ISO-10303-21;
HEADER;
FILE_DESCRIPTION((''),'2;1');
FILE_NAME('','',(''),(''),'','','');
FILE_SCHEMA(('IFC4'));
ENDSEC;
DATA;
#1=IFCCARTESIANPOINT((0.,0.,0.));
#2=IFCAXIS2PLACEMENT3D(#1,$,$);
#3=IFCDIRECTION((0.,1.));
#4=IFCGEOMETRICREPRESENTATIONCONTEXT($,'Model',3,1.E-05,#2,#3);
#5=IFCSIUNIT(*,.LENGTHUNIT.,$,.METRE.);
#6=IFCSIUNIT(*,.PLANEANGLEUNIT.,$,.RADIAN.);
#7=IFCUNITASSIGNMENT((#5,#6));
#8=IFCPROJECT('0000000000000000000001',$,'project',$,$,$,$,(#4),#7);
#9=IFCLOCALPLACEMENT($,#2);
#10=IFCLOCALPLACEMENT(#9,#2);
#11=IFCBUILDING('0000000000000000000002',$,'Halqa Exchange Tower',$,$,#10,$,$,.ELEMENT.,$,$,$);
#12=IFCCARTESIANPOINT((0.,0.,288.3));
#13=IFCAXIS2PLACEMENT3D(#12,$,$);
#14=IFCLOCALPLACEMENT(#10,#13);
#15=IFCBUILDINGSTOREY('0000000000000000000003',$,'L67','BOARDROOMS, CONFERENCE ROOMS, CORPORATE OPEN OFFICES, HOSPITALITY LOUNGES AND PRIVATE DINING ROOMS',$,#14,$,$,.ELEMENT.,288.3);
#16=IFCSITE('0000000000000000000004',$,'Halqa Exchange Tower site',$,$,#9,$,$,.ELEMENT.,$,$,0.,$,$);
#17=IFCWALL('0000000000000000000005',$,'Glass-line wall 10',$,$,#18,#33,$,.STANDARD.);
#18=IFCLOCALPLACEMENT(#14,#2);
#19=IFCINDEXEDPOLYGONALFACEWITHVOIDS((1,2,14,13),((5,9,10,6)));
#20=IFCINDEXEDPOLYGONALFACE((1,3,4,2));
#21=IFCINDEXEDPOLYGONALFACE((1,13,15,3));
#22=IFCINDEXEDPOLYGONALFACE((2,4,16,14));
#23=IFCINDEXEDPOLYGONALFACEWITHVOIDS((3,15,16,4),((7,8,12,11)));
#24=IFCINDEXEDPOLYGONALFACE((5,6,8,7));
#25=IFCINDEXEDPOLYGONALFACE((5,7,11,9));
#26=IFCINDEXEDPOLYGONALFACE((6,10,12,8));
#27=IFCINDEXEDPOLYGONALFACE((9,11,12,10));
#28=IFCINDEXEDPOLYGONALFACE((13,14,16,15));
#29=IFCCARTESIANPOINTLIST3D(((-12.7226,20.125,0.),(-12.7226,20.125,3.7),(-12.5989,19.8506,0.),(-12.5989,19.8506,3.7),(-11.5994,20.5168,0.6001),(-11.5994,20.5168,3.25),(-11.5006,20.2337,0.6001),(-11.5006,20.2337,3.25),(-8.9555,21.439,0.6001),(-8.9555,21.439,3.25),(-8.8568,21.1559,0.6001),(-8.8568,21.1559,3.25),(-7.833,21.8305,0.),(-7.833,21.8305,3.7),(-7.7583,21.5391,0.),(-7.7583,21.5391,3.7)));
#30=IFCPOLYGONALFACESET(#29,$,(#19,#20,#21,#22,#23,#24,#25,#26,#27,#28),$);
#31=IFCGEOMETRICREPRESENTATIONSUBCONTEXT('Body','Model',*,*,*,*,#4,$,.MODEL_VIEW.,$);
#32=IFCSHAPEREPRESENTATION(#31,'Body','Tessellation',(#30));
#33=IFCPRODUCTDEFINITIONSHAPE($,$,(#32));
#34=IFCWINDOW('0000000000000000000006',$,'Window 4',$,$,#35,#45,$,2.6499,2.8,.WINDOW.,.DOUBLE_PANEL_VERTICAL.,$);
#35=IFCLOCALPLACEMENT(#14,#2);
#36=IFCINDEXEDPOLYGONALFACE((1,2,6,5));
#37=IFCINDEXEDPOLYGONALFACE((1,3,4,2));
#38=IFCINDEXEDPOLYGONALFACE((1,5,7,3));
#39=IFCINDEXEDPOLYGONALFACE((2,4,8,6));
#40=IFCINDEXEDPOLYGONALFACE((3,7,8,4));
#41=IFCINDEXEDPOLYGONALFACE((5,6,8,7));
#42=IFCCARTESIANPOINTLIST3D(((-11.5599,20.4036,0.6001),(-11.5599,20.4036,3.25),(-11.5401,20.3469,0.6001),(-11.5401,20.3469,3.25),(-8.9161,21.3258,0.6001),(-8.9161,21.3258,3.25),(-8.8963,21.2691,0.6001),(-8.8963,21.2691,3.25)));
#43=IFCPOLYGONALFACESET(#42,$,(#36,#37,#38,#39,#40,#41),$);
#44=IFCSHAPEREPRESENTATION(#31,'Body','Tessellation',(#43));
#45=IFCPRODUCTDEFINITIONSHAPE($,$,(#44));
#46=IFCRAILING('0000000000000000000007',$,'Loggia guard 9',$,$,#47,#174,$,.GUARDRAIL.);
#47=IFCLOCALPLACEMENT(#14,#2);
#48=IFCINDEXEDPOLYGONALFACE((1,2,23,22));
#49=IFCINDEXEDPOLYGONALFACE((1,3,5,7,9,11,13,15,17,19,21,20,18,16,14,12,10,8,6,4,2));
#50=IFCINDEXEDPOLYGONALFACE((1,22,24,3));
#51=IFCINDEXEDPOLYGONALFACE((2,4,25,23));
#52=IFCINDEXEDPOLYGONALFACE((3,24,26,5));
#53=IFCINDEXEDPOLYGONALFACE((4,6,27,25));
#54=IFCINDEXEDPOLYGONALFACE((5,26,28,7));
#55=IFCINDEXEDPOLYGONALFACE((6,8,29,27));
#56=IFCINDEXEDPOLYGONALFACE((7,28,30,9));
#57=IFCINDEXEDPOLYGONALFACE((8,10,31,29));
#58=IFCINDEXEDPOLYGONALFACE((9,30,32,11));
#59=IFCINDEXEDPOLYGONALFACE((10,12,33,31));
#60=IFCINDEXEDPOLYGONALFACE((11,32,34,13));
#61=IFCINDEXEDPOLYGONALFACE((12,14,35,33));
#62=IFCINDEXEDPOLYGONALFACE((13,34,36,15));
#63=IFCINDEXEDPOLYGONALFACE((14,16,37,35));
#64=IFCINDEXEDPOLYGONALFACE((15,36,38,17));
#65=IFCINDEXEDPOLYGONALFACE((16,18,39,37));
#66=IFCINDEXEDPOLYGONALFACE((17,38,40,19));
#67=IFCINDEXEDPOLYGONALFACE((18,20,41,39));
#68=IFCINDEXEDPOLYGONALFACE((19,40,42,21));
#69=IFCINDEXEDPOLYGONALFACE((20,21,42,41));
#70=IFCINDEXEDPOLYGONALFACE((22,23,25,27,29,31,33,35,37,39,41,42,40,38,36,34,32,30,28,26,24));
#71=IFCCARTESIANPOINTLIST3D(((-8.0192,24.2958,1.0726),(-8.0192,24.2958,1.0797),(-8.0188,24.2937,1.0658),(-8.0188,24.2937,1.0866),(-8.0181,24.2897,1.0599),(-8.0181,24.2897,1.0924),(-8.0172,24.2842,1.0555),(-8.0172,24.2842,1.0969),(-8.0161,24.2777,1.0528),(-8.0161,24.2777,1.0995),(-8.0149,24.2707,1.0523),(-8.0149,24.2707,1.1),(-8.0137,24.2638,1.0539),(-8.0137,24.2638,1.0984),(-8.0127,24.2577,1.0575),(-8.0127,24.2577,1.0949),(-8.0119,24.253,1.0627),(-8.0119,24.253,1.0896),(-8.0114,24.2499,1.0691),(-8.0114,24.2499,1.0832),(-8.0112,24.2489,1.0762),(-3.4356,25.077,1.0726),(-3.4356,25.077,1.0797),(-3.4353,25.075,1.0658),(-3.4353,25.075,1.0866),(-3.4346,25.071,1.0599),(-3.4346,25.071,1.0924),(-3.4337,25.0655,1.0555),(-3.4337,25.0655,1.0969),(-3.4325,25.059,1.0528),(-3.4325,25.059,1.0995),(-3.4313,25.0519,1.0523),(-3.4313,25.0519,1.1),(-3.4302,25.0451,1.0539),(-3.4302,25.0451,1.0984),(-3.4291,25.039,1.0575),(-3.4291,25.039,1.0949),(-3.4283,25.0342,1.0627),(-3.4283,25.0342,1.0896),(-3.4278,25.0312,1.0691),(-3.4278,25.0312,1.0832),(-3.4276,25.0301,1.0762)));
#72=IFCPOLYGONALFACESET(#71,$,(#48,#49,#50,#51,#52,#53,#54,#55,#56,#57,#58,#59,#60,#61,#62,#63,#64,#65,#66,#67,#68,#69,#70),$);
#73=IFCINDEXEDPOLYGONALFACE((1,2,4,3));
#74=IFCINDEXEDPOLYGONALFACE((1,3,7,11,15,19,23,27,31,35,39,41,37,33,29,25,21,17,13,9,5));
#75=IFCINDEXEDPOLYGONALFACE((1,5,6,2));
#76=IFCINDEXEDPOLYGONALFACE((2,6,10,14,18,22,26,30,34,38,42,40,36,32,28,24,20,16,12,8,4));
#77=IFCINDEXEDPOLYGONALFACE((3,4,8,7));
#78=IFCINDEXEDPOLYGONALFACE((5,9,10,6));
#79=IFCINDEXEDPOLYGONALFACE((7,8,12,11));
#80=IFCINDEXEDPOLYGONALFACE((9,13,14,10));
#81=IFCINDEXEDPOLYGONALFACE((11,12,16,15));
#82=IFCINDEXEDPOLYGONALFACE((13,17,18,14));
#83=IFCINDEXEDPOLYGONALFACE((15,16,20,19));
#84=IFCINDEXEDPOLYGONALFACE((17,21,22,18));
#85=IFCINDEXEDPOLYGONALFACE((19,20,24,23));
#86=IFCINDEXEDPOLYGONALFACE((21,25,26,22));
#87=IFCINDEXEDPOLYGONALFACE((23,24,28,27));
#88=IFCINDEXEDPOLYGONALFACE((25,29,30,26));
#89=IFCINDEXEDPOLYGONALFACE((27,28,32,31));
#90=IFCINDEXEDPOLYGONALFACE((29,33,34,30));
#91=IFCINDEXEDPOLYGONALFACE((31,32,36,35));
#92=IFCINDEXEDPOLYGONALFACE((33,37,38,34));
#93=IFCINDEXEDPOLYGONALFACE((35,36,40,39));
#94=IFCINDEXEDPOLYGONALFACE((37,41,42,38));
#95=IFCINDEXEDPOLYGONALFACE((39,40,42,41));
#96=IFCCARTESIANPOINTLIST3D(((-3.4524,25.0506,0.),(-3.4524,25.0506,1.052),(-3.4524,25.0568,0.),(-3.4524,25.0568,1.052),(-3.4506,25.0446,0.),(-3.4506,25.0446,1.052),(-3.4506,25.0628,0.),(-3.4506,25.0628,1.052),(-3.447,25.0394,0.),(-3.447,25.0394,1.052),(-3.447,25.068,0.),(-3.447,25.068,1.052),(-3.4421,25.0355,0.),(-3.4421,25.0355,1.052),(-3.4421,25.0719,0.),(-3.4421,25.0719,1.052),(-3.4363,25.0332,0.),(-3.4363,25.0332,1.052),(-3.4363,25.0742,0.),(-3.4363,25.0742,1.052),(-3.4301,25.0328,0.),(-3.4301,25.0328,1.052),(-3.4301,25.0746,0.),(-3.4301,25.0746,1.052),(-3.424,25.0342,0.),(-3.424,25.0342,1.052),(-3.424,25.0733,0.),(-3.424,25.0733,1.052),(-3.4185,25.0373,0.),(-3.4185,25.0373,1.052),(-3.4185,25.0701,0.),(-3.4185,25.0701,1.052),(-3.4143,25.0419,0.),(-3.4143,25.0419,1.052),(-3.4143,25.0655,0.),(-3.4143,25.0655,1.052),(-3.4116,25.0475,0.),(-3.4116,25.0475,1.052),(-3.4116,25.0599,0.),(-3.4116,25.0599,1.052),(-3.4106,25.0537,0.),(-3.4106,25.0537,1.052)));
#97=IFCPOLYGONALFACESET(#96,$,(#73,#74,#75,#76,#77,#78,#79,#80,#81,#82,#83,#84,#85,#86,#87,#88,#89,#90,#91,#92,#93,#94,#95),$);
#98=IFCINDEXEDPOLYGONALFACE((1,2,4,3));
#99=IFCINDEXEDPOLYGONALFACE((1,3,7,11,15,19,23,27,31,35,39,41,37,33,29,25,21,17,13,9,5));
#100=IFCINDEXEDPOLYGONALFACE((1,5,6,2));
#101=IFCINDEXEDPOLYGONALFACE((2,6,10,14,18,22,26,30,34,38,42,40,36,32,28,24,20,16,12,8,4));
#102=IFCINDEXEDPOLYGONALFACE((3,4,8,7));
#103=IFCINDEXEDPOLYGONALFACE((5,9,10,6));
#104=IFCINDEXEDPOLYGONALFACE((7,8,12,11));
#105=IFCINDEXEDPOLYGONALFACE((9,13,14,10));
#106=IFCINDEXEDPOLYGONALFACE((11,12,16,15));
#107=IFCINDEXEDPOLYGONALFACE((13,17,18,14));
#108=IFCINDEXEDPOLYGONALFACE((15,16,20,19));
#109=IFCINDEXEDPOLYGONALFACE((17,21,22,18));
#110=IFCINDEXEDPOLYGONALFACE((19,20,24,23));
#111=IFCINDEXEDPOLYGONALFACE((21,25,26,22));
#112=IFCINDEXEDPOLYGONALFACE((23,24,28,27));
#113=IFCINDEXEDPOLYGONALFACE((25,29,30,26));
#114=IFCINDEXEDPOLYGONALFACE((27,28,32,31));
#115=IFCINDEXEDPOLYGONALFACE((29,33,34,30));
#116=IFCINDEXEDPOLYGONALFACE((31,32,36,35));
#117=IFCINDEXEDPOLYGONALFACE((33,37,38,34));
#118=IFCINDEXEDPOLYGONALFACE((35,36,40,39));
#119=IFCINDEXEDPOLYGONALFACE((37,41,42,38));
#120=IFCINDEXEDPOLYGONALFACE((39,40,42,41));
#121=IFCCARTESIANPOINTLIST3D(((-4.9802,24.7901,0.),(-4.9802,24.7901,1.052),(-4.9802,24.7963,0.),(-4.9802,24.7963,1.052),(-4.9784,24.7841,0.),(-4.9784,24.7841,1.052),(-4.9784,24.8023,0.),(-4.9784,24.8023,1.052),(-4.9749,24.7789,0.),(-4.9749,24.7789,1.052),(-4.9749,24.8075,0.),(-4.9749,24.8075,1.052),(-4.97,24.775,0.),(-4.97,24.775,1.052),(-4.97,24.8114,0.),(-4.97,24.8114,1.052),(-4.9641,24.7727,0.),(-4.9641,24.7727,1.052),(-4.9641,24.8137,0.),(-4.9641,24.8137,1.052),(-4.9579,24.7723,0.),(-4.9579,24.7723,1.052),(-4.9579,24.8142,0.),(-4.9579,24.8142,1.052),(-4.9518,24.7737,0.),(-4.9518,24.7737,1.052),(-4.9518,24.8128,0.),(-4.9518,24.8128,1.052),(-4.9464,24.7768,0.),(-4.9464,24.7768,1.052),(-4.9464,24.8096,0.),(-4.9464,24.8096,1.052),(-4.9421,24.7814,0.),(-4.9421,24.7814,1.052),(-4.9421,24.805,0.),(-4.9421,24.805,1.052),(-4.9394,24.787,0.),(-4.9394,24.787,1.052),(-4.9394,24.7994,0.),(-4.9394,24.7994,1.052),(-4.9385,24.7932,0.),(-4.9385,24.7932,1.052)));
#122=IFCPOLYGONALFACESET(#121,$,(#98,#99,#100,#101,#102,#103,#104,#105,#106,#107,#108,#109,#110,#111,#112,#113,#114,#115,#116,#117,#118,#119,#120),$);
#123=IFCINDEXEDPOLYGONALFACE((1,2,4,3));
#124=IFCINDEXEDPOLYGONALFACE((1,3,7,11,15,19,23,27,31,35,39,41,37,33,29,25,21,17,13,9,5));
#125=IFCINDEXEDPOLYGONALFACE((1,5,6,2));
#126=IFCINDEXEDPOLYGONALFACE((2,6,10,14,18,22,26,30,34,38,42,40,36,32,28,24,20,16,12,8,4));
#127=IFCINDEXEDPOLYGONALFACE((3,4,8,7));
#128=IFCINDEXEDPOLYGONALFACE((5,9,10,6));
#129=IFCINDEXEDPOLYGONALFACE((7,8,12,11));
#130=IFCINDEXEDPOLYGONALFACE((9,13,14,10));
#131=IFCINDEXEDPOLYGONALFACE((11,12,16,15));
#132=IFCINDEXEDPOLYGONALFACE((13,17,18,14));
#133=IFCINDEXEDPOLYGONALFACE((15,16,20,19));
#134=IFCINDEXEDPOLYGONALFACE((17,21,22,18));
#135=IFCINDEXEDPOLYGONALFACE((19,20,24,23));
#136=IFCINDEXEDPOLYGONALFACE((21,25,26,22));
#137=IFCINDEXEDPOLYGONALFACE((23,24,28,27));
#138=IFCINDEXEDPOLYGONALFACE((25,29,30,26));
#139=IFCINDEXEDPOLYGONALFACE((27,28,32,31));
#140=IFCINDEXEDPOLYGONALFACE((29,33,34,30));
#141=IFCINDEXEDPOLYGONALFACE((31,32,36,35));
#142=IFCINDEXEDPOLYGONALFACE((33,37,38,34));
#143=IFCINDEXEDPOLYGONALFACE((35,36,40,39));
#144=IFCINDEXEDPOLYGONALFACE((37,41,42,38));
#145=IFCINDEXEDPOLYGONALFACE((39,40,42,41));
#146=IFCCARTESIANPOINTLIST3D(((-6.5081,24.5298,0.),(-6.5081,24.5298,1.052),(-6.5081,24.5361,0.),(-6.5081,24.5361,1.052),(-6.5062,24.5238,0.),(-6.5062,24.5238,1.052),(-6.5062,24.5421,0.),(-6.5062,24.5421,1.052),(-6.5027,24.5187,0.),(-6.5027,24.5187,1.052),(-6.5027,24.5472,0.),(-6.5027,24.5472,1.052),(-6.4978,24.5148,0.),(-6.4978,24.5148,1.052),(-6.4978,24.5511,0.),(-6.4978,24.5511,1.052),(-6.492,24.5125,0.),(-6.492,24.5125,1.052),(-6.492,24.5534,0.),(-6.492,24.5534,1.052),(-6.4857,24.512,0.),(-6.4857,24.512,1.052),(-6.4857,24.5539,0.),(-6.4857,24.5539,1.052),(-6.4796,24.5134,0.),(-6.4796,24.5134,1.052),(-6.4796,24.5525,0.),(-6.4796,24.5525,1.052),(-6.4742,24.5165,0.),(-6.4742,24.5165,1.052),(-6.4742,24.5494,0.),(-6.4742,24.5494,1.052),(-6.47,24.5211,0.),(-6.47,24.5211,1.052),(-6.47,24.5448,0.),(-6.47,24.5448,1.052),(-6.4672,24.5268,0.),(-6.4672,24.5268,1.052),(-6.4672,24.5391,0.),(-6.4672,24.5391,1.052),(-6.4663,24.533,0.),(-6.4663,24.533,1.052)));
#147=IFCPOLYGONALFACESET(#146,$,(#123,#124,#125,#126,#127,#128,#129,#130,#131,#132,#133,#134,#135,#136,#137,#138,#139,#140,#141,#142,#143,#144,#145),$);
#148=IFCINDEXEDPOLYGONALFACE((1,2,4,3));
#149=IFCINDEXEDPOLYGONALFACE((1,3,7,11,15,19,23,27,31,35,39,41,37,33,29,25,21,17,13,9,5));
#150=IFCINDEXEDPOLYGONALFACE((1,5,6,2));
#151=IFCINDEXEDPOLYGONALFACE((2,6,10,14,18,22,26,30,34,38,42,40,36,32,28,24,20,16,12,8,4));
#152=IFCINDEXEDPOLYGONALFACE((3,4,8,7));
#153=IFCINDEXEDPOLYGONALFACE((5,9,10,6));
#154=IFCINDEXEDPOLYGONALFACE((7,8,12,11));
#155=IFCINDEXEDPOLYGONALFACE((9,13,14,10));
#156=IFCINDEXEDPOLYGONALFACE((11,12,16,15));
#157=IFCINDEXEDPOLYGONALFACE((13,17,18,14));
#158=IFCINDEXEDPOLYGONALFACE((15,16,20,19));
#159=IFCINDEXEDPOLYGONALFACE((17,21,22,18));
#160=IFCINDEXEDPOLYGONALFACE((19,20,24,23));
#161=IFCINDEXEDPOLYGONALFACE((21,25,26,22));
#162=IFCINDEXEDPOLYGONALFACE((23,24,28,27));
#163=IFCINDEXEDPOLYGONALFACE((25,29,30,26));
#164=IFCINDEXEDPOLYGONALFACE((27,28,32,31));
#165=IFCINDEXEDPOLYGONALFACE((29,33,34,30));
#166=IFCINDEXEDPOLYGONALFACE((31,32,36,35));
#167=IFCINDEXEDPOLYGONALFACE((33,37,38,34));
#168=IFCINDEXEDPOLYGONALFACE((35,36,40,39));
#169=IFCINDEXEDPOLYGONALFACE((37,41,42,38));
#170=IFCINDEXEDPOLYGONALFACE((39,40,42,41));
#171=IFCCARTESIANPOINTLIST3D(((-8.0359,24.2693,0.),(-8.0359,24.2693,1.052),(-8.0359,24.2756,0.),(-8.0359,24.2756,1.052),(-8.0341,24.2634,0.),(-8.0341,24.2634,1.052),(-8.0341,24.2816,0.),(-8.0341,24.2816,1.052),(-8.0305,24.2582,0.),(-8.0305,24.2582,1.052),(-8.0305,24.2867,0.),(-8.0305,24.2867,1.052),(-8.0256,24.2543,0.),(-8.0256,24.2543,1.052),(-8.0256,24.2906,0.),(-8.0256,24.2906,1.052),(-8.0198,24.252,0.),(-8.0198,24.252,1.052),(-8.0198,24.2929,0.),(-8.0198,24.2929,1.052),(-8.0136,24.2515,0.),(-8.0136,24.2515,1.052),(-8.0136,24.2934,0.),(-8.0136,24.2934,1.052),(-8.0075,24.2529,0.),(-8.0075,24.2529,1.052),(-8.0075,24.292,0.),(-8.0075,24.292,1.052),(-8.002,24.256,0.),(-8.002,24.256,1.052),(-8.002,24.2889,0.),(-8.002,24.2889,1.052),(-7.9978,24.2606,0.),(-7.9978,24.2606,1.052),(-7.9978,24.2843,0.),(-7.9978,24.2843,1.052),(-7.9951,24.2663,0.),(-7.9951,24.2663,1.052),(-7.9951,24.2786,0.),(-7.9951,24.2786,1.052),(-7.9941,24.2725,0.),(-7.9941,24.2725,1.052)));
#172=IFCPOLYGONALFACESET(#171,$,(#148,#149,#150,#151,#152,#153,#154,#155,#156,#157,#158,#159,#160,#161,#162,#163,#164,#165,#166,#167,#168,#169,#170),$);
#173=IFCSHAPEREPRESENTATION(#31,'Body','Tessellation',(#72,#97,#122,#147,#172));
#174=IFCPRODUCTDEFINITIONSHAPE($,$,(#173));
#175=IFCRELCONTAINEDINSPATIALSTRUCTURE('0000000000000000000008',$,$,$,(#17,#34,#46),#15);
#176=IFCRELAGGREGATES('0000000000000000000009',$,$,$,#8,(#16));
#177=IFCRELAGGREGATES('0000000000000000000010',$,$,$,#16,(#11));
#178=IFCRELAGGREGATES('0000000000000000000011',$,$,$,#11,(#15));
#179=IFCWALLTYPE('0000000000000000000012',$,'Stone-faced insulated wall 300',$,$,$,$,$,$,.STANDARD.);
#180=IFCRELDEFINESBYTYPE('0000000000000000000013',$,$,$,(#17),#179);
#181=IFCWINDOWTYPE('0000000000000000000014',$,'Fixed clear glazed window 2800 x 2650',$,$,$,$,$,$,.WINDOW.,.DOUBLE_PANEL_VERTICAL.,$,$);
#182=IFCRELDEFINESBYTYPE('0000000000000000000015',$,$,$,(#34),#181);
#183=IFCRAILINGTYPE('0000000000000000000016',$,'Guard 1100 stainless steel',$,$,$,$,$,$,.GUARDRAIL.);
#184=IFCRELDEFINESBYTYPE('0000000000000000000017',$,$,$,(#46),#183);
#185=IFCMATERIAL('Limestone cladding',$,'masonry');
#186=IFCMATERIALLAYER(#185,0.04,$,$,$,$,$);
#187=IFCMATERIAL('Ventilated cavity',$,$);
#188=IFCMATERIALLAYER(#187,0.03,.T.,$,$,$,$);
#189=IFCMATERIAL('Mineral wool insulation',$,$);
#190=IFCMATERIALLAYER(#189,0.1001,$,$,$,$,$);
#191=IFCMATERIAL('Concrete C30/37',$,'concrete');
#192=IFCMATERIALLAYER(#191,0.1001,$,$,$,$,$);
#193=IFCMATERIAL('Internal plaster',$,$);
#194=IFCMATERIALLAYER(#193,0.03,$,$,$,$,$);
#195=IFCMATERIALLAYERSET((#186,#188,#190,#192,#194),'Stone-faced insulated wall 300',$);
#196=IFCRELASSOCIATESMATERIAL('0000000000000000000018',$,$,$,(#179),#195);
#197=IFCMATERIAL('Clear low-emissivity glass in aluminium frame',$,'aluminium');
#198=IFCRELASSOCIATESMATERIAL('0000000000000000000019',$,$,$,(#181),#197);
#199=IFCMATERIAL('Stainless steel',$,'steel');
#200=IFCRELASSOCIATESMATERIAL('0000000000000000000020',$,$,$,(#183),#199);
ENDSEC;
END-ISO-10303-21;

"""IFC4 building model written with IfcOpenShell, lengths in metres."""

from ifc_helpers import new_model, si_unit, direction, frame, frame_2d, origin, origin_2d, place, context, subcontext, project, spatial, polyline, rectangle, circle, outline, extrude, material, layer, layer_set, type_object, element, fill, save


model = new_model("IFC4")

# Units and contexts
model_context = context("Model", 3, precision=1e-05, world=origin(), true_north=direction((0.0, 1.0)))
body_context = subcontext(model_context, "Body", "Model", "MODEL_VIEW")
ifc_project = project(units=[si_unit("LENGTHUNIT", "METRE"), si_unit("PLANEANGLEUNIT", "RADIAN")], contexts=[model_context])

# Site, building, storey
site_placement = place(None, origin())
site = spatial("IfcSite", under=ifc_project, at=site_placement, Name="Halqa Exchange Tower site", CompositionType="ELEMENT", RefElevation=0.0)
building_placement = place(site_placement, origin())
building = spatial("IfcBuilding", under=site, at=building_placement, Name="Halqa Exchange Tower", CompositionType="ELEMENT")
storey_placement = place(building_placement, frame((0.0, 0.0, 288.3)))
storey = spatial("IfcBuildingStorey", under=building, at=storey_placement, Name="L67", Description="BOARDROOMS, CONFERENCE ROOMS, CORPORATE OPEN OFFICES, HOSPITALITY LOUNGES AND PRIVATE DINING ROOMS", CompositionType="ELEMENT", Elevation=288.3)

# Shared definitions
ifc_material_1 = material(Name="Concrete C30/37", Category="concrete")

# Wall, opening, window
ifc_material_2 = material(Name="Limestone cladding", Category="masonry")
ifc_layer_1 = layer(ifc_material_2, 0.04)
ifc_material_3 = material(Name="Ventilated cavity")
ifc_layer_2 = layer(ifc_material_3, 0.03, ventilated=True)
ifc_material_4 = material(Name="Mineral wool insulation")
ifc_layer_3 = layer(ifc_material_4, 0.1001)
ifc_layer_4 = layer(ifc_material_1, 0.1001)
ifc_material_5 = material(Name="Internal plaster")
ifc_layer_5 = layer(ifc_material_5, 0.03)
ifc_layer_set_1 = layer_set([ifc_layer_1, ifc_layer_2, ifc_layer_3, ifc_layer_4, ifc_layer_5], Name="Stone-faced insulated wall 300")
wall_type_1 = type_object("IfcWallType", Name="Stone-faced insulated wall 300", PredefinedType="STANDARD", material=ifc_layer_set_1)
ifc_material_6 = material(Name="Clear low-emissivity glass in aluminium frame", Category="aluminium")
window_type = type_object("IfcWindowType", Name="Fixed clear glazed window 2800 x 2650", PartitioningType="DOUBLE_PANEL_VERTICAL", PredefinedType="WINDOW", material=ifc_material_6)
wall_1_placement = place(storey_placement, frame((-7.7957, 21.6848, 0.0), z_axis=(0.0, 0.0, 1.0), x_axis=(-0.944204, -0.32936, 0.0)))
wall_1 = element("IfcWall", 1, at=wall_1_placement, inside=storey, type_object=wall_type_1, Name="Glass-line wall 10", PredefinedType="STANDARD", context=body_context, shape_type="SweptSolid", body=[
    extrude(outline(polyline([(-0.0127, -0.1499), (5.1658, -0.1499), (5.1394, 0.1499), (0.0127, 0.1499), (-0.0127, -0.1499)])), origin(), (0.0, 0.0, 1.0), 3.7),
])
opening_1_placement = place(wall_1_placement, frame((1.1763, 0.0, 0.6001)))
opening_1 = element("IfcOpeningElement", 2, at=opening_1_placement, cuts=wall_1, PredefinedType="OPENING", context=body_context, shape_type="SweptSolid", body=[
    extrude(rectangle(XDim=2.8, YDim=2.6499, at=frame_2d((1.3999, 1.325))), frame((0.0, 0.1621, 0.0), z_axis=(0.0, -1.0, 0.0), x_axis=(1.0, 0.0, 0.0)), (0.0, 0.0, 1.0), 0.324),
])
window_1_placement = place(opening_1_placement, origin())
window_1 = element("IfcWindow", 3, at=window_1_placement, inside=storey, type_object=window_type, Name="Window 4", OverallHeight=2.6499, OverallWidth=2.8, PartitioningType="DOUBLE_PANEL_VERTICAL", PredefinedType="WINDOW", context=body_context, shape_type="SweptSolid", body=[
    extrude(rectangle(XDim=2.8, YDim=2.6499, at=frame_2d((1.3999, 1.325))), frame((0.0, 0.03, 0.0), z_axis=(0.0, -1.0, 0.0), x_axis=(1.0, 0.0, 0.0)), (0.0, 0.0, 1.0), 0.0601),
])
fill(opening_1, window_1)

# Railing
ifc_material_7 = material(Name="Stainless steel", Category="steel")
railing_type_1 = type_object("IfcRailingType", Name="Guard 1100 stainless steel", PredefinedType="GUARDRAIL", material=ifc_material_7)
railing_1_placement = place(storey_placement, frame((-3.4316, 25.0537, 0.0)))
element("IfcRailing", 4, at=railing_1_placement, inside=storey, type_object=railing_type_1, Name="Loggia guard 9", PredefinedType="GUARDRAIL", context=body_context, shape_type="SweptSolid", body=[
    extrude(circle(Radius=0.0239, at=origin_2d()), frame((0.0, 0.0, 1.0762), z_axis=(-0.985783, -0.168025, 0.0), x_axis=(0.168025, -0.985783, 0.0)), (0.0, 0.0, 1.0), 4.6497),
    extrude(circle(Radius=0.021, at=origin_2d()), origin(), (0.0, 0.0, 1.0), 1.052),
    extrude(circle(Radius=0.021, at=origin_2d()), frame((-1.5278, -0.2605, 0.0)), (0.0, 0.0, 1.0), 1.052),
    extrude(circle(Radius=0.021, at=origin_2d()), frame((-3.0557, -0.5208, 0.0)), (0.0, 0.0, 1.0), 1.052),
    extrude(circle(Radius=0.021, at=origin_2d()), frame((-4.5835, -0.7812, 0.0)), (0.0, 0.0, 1.0), 1.052),
])

save(model, "model.ifc")
